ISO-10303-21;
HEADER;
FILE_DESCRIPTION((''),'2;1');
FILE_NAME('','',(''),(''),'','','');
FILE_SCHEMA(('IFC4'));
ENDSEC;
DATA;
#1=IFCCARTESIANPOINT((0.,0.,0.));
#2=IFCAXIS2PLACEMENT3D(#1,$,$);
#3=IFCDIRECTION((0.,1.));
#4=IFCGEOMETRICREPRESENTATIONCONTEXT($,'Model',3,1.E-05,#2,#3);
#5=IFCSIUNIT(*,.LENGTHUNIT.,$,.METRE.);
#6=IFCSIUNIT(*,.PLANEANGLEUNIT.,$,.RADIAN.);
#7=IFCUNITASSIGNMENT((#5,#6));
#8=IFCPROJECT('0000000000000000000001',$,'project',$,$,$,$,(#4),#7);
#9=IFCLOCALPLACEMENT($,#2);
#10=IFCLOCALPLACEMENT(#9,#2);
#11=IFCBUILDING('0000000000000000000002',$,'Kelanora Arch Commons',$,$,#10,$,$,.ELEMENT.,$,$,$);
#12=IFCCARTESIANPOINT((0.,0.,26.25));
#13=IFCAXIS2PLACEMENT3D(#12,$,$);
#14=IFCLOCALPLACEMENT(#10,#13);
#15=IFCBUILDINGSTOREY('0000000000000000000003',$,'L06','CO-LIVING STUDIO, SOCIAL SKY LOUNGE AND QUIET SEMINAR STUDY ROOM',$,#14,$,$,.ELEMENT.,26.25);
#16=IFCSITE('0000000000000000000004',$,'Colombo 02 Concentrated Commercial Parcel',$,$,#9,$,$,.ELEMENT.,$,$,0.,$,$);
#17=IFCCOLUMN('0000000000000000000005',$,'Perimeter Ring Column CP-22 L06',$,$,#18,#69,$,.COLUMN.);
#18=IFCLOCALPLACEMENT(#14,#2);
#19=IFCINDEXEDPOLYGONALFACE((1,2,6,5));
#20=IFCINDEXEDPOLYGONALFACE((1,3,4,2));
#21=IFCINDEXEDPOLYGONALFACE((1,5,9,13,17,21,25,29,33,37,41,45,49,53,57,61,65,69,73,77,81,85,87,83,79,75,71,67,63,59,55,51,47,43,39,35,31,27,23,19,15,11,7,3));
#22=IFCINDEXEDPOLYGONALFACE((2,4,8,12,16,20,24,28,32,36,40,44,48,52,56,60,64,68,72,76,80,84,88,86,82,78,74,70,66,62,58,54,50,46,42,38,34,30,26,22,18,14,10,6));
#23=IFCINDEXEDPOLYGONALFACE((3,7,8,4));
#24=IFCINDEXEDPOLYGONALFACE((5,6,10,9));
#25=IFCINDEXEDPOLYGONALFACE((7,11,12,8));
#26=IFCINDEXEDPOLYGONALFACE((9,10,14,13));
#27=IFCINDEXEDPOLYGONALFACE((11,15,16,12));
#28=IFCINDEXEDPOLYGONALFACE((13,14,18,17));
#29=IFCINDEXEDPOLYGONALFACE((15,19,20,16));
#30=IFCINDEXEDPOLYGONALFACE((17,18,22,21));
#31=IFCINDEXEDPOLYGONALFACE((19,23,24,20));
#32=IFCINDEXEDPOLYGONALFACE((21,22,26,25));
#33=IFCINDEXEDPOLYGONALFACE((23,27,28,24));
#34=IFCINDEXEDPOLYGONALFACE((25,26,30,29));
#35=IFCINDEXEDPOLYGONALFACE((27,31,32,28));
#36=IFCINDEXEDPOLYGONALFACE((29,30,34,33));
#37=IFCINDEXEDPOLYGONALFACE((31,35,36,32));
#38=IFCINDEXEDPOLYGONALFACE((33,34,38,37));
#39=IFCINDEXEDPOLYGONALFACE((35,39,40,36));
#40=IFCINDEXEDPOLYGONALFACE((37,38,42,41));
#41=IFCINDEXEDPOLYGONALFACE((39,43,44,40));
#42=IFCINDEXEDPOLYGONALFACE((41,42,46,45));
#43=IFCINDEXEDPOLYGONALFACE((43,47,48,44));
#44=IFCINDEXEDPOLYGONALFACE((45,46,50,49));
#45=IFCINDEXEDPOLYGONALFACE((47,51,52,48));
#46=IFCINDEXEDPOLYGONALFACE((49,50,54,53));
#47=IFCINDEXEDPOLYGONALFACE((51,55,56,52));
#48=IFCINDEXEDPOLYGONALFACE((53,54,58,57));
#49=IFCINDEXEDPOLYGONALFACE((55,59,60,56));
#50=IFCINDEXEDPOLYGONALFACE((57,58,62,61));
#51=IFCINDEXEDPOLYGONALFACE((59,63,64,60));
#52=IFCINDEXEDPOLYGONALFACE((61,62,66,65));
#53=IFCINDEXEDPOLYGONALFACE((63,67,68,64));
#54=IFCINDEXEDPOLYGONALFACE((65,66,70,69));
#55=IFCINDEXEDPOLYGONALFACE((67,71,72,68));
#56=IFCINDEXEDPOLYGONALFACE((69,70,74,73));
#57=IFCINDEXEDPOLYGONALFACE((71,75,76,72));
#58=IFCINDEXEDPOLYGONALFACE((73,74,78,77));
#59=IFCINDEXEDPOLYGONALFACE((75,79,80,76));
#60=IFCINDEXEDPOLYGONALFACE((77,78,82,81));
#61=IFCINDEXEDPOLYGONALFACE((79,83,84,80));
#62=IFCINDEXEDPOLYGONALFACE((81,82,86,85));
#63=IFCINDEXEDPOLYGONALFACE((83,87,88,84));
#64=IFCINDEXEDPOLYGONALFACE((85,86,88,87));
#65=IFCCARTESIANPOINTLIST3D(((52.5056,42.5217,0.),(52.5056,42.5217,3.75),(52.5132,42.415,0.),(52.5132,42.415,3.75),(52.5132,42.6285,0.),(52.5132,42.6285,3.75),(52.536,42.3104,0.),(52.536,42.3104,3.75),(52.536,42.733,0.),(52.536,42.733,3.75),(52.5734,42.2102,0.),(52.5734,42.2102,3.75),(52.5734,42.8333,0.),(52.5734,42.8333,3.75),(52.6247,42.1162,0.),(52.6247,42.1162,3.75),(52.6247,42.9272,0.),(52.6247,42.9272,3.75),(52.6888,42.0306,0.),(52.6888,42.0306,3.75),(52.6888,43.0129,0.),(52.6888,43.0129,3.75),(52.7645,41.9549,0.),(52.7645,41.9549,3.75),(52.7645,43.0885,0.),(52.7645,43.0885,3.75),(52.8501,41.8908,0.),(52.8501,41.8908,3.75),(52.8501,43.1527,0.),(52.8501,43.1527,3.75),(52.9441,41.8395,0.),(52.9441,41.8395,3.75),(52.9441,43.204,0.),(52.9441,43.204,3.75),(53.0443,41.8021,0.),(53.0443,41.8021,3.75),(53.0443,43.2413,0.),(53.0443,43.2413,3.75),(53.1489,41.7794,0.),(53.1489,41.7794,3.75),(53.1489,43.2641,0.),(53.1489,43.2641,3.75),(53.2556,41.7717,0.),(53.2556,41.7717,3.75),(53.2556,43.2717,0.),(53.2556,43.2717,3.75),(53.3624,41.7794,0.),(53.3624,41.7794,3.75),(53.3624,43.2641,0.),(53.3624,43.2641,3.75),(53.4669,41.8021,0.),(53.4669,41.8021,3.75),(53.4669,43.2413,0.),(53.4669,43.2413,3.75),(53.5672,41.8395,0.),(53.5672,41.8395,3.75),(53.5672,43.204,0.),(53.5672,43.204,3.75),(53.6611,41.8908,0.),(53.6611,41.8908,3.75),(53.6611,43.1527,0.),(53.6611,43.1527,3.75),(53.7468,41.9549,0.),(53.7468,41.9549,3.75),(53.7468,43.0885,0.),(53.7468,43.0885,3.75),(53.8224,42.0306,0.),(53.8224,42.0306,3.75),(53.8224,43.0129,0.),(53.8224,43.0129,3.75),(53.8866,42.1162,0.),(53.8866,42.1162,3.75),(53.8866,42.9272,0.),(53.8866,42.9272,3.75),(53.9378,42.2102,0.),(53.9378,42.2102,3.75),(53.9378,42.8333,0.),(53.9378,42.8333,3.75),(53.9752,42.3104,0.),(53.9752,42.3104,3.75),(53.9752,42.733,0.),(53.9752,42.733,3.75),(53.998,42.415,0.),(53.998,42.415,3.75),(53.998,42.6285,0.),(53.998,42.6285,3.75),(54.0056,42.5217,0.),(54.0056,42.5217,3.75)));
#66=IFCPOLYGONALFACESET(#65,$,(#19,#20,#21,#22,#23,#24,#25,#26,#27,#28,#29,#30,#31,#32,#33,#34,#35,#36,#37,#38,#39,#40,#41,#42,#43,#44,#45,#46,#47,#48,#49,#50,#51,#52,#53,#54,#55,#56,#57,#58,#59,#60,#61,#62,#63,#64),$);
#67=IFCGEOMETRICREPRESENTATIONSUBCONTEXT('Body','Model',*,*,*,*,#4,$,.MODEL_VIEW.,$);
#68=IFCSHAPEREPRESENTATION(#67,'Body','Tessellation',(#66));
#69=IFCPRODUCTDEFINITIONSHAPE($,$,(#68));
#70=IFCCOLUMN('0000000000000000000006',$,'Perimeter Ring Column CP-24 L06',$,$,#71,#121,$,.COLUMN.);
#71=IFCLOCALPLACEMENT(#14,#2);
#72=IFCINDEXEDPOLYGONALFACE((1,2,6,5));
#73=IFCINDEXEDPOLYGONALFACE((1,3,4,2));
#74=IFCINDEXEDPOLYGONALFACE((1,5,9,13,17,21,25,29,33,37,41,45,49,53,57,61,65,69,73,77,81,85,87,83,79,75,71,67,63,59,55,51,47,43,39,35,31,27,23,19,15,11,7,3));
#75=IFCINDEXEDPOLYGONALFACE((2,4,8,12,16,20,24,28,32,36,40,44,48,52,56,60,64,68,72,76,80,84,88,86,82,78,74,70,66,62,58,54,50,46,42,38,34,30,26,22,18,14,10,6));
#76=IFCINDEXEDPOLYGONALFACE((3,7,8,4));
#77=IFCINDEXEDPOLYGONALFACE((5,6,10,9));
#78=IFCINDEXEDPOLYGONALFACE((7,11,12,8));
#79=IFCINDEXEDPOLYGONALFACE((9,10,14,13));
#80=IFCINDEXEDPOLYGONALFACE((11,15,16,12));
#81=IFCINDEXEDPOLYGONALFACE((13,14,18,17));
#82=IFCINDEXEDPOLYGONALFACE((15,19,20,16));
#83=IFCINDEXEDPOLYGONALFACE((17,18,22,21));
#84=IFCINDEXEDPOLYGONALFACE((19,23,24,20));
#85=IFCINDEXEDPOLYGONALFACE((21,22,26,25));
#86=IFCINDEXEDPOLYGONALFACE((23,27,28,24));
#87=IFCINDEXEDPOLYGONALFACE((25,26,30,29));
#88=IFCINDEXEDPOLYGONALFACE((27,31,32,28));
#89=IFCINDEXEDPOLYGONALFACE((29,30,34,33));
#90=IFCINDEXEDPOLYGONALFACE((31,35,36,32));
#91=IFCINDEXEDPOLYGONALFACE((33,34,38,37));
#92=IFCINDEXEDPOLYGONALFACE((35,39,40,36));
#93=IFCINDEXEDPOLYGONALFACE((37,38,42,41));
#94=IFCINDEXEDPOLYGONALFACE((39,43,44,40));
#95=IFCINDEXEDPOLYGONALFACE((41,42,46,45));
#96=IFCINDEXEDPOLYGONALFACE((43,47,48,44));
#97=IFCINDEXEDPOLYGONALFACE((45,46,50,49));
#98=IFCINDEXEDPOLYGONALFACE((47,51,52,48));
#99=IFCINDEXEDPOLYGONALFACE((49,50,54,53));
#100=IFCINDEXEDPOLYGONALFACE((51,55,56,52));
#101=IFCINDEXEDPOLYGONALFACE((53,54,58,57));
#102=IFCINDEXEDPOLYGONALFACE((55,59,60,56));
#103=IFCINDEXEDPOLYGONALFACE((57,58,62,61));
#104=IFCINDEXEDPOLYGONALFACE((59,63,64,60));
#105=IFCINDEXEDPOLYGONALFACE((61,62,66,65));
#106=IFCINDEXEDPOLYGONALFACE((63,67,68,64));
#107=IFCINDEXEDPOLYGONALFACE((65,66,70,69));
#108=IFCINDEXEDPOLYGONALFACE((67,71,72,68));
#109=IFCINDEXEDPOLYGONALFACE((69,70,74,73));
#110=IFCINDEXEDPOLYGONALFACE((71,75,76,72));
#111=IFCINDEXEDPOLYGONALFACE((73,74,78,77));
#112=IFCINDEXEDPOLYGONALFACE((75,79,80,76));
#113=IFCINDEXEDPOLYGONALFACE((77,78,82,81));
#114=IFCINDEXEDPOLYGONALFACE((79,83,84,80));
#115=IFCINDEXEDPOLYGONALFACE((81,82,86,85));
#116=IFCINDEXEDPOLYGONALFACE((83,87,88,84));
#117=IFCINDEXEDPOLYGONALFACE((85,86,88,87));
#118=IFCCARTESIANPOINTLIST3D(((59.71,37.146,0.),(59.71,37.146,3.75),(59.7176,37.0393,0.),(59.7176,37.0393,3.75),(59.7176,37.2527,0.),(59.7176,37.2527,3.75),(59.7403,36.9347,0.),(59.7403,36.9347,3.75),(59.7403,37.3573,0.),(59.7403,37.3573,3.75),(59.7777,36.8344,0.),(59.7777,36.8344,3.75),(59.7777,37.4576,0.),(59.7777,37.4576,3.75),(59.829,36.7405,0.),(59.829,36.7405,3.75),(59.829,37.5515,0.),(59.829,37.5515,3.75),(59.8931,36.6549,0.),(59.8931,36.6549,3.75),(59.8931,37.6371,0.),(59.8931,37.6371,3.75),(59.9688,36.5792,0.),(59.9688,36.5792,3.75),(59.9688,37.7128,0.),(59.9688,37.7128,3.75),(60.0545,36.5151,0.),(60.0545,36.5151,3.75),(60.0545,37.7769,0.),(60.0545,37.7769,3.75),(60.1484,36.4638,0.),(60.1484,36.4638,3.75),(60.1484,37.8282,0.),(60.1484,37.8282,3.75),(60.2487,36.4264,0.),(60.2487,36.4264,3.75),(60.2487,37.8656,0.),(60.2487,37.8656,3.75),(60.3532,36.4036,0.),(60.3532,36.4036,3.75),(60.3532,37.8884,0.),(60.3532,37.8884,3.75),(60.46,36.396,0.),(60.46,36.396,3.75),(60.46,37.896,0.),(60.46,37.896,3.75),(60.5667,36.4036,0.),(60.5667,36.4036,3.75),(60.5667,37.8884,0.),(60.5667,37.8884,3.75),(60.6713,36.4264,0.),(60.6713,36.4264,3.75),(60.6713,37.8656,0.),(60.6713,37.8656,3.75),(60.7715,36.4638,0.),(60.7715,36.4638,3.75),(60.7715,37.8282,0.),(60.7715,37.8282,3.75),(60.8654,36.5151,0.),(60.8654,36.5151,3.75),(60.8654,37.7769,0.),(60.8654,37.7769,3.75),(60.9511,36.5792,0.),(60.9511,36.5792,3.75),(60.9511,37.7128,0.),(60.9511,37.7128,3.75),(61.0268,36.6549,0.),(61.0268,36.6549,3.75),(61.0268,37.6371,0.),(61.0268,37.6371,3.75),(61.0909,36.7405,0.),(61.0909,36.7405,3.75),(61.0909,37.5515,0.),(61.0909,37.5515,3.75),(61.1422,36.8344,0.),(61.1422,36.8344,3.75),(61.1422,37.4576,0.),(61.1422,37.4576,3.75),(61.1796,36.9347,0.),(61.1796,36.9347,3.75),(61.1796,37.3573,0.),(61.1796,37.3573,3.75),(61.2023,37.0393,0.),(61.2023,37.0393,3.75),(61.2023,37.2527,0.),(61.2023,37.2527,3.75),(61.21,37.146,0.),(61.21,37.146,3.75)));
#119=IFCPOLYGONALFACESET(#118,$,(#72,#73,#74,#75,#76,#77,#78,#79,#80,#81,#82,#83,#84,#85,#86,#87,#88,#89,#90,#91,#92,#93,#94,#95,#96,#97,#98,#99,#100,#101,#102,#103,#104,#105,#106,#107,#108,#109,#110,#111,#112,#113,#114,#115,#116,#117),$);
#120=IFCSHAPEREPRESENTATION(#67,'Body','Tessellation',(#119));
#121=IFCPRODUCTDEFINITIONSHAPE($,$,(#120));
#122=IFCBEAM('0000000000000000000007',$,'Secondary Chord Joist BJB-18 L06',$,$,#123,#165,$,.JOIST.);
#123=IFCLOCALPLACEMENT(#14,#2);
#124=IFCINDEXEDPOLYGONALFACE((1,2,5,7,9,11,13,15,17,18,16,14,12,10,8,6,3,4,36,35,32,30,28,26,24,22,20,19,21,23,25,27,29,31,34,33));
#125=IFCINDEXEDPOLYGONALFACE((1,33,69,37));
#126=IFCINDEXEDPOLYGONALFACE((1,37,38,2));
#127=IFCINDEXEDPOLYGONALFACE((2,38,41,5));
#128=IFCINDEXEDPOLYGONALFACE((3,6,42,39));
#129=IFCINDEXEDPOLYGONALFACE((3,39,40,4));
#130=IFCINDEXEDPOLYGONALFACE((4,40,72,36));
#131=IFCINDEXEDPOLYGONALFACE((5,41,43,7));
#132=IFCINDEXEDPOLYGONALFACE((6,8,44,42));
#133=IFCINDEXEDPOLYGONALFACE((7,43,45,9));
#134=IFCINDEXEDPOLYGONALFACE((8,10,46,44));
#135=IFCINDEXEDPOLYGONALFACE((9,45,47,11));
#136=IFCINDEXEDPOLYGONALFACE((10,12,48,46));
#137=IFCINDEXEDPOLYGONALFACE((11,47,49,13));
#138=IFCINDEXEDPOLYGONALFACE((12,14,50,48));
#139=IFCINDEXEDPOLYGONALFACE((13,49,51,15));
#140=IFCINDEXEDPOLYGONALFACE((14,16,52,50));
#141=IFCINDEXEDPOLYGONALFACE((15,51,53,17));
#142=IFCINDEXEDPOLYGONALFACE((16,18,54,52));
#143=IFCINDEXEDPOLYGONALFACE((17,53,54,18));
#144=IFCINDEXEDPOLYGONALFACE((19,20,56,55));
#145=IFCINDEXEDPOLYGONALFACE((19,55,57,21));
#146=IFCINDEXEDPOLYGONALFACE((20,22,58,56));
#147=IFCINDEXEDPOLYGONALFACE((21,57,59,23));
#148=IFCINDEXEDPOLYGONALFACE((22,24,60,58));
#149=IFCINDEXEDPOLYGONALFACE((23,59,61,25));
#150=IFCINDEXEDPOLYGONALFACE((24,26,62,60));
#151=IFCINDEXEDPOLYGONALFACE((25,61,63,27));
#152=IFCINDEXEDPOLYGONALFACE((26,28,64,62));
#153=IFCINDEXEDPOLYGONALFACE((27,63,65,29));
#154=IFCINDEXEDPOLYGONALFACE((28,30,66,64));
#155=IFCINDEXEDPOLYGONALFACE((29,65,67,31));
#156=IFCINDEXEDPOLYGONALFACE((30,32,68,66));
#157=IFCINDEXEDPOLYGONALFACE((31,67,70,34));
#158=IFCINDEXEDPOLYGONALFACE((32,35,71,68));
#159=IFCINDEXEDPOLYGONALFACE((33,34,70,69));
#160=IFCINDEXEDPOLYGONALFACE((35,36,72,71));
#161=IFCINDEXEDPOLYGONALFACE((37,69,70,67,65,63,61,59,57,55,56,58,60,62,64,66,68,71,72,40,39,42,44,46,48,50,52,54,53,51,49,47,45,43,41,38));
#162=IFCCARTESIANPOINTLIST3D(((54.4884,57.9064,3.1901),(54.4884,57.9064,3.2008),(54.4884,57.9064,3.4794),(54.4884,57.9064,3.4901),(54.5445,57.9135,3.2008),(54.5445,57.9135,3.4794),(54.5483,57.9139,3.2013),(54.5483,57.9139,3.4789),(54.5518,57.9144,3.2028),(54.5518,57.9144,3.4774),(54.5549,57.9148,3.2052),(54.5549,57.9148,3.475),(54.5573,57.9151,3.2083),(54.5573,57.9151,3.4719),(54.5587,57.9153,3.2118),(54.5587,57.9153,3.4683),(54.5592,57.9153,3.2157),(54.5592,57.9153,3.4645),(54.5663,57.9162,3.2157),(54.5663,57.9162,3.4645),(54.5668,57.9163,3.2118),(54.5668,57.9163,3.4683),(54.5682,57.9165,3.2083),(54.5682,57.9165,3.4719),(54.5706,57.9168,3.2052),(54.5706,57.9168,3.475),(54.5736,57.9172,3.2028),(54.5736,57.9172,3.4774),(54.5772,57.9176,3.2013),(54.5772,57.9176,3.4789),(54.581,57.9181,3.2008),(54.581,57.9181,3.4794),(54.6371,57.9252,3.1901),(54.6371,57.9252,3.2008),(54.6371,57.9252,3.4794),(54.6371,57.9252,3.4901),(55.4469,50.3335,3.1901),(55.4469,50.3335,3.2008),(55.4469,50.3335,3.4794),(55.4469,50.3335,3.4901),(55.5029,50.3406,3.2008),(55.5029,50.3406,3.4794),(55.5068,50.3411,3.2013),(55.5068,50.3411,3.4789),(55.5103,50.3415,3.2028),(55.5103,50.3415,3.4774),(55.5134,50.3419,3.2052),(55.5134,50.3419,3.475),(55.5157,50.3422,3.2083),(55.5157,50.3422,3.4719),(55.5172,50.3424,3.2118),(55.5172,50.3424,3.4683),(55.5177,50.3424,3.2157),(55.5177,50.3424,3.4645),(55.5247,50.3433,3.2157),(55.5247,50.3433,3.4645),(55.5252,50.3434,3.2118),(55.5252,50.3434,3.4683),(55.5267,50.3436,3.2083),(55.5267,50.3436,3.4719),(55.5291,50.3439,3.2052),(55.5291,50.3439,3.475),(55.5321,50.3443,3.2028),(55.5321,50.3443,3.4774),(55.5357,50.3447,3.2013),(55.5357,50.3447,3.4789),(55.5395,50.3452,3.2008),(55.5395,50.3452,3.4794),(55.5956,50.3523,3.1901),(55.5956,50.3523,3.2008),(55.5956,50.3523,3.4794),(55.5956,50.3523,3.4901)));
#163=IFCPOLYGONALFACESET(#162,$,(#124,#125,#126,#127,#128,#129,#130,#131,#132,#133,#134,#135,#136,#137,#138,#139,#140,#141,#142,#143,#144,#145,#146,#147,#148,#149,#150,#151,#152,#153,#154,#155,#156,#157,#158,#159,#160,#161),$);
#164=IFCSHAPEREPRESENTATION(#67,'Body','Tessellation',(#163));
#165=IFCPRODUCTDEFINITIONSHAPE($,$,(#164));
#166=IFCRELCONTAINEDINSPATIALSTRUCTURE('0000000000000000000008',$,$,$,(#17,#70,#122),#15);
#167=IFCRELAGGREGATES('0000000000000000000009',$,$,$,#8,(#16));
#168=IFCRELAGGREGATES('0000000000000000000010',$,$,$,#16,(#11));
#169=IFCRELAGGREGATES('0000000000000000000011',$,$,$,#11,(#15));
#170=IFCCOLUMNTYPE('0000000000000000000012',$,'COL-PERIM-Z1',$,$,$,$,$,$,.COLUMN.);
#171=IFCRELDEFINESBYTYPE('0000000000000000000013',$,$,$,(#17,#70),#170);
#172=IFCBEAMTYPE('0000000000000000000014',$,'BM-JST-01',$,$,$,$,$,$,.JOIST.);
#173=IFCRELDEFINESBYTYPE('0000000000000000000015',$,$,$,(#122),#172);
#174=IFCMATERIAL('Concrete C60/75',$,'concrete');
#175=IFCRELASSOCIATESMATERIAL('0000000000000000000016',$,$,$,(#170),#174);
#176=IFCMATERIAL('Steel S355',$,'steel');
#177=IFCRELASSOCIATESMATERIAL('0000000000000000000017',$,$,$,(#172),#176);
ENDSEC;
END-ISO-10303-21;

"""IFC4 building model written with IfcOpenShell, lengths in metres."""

from ifc_helpers import new_model, si_unit, direction, frame, origin, origin_2d, place, context, subcontext, project, spatial, circle, i_section, extrude, material, material_profile, profile_set, type_object, element, save


model = new_model("IFC4")

# Units and contexts
model_context = context("Model", 3, precision=1e-05, world=origin(), true_north=direction((0.0, 1.0)))
body_context = subcontext(model_context, "Body", "Model", "MODEL_VIEW")
ifc_project = project(units=[si_unit("LENGTHUNIT", "METRE"), si_unit("PLANEANGLEUNIT", "RADIAN")], contexts=[model_context])

# Site, building, storey
site_placement = place(None, origin())
site = spatial("IfcSite", under=ifc_project, at=site_placement, Name="Colombo 02 Concentrated Commercial Parcel", CompositionType="ELEMENT", RefElevation=0.0)
building_placement = place(site_placement, origin())
building = spatial("IfcBuilding", under=site, at=building_placement, Name="Kelanora Arch Commons", CompositionType="ELEMENT")
storey_placement = place(building_placement, frame((0.0, 0.0, 26.25)))
storey = spatial("IfcBuildingStorey", under=building, at=storey_placement, Name="L06", Description="CO-LIVING STUDIO, SOCIAL SKY LOUNGE AND QUIET SEMINAR STUDY ROOM", CompositionType="ELEMENT", Elevation=26.25)

# Columns
ifc_material_1 = material(Name="Concrete C60/75", Category="concrete")
ifc_material_profile_1 = material_profile(ifc_material_1, circle(Radius=0.75, at=origin_2d()), Name="RCC1500")
ifc_profile_set_1 = profile_set([ifc_material_profile_1], Name="Concrete C60/75")
column_type = type_object("IfcColumnType", Name="COL-PERIM-Z1", PredefinedType="COLUMN", material=ifc_profile_set_1)
for number, where, z_axis, x_axis, name in (
    (1, (53.2556, 42.5217, 0.0), (0.0, 0.0, 1.0), (1.0, 0.0, 0.0), "Perimeter Ring Column CP-22 L06"),
    (2, (60.46, 37.146, 0.0), (0.0, 0.0, 1.0), (1.0, 0.0, 0.0), "Perimeter Ring Column CP-24 L06"),
):
    element("IfcColumn", number, at=place(storey_placement, frame(where, z_axis=z_axis, x_axis=x_axis)), inside=storey, type_object=column_type, Name=name, PredefinedType="COLUMN", context=body_context, shape_type="SweptSolid", body=[
        extrude(circle(Radius=0.75, at=origin_2d()), origin(), (0.0, 0.0, 1.0), 3.75),
    ])

# Beam
ifc_material_2 = material(Name="Steel S355", Category="steel")
ifc_material_profile_2 = material_profile(ifc_material_2, i_section(OverallWidth=0.1499, OverallDepth=0.3, WebThickness=0.0071, FlangeThickness=0.0107, FilletRadius=0.0149, at=origin_2d()), Name="IPE300")
ifc_profile_set_2 = profile_set([ifc_material_profile_2], Name="Steel S355")
beam_type_1 = type_object("IfcBeamType", Name="BM-JST-01", PredefinedType="JOIST", material=ifc_profile_set_2)
beam_1_placement = place(storey_placement, frame((54.5627, 57.9158, 3.3401), z_axis=(0.125566, -0.992085, 0.0), x_axis=(0.992085, 0.125566, 0.0)))
element("IfcBeam", 3, at=beam_1_placement, inside=storey, type_object=beam_type_1, Name="Secondary Chord Joist BJB-18 L06", PredefinedType="JOIST", context=body_context, shape_type="SweptSolid", body=[
    extrude(i_section(OverallWidth=0.1499, OverallDepth=0.3, WebThickness=0.0071, FlangeThickness=0.0107, FilletRadius=0.0149, at=origin_2d()), origin(), (0.0, 0.0, 1.0), 7.6333),
])

save(model, "model.ifc")
